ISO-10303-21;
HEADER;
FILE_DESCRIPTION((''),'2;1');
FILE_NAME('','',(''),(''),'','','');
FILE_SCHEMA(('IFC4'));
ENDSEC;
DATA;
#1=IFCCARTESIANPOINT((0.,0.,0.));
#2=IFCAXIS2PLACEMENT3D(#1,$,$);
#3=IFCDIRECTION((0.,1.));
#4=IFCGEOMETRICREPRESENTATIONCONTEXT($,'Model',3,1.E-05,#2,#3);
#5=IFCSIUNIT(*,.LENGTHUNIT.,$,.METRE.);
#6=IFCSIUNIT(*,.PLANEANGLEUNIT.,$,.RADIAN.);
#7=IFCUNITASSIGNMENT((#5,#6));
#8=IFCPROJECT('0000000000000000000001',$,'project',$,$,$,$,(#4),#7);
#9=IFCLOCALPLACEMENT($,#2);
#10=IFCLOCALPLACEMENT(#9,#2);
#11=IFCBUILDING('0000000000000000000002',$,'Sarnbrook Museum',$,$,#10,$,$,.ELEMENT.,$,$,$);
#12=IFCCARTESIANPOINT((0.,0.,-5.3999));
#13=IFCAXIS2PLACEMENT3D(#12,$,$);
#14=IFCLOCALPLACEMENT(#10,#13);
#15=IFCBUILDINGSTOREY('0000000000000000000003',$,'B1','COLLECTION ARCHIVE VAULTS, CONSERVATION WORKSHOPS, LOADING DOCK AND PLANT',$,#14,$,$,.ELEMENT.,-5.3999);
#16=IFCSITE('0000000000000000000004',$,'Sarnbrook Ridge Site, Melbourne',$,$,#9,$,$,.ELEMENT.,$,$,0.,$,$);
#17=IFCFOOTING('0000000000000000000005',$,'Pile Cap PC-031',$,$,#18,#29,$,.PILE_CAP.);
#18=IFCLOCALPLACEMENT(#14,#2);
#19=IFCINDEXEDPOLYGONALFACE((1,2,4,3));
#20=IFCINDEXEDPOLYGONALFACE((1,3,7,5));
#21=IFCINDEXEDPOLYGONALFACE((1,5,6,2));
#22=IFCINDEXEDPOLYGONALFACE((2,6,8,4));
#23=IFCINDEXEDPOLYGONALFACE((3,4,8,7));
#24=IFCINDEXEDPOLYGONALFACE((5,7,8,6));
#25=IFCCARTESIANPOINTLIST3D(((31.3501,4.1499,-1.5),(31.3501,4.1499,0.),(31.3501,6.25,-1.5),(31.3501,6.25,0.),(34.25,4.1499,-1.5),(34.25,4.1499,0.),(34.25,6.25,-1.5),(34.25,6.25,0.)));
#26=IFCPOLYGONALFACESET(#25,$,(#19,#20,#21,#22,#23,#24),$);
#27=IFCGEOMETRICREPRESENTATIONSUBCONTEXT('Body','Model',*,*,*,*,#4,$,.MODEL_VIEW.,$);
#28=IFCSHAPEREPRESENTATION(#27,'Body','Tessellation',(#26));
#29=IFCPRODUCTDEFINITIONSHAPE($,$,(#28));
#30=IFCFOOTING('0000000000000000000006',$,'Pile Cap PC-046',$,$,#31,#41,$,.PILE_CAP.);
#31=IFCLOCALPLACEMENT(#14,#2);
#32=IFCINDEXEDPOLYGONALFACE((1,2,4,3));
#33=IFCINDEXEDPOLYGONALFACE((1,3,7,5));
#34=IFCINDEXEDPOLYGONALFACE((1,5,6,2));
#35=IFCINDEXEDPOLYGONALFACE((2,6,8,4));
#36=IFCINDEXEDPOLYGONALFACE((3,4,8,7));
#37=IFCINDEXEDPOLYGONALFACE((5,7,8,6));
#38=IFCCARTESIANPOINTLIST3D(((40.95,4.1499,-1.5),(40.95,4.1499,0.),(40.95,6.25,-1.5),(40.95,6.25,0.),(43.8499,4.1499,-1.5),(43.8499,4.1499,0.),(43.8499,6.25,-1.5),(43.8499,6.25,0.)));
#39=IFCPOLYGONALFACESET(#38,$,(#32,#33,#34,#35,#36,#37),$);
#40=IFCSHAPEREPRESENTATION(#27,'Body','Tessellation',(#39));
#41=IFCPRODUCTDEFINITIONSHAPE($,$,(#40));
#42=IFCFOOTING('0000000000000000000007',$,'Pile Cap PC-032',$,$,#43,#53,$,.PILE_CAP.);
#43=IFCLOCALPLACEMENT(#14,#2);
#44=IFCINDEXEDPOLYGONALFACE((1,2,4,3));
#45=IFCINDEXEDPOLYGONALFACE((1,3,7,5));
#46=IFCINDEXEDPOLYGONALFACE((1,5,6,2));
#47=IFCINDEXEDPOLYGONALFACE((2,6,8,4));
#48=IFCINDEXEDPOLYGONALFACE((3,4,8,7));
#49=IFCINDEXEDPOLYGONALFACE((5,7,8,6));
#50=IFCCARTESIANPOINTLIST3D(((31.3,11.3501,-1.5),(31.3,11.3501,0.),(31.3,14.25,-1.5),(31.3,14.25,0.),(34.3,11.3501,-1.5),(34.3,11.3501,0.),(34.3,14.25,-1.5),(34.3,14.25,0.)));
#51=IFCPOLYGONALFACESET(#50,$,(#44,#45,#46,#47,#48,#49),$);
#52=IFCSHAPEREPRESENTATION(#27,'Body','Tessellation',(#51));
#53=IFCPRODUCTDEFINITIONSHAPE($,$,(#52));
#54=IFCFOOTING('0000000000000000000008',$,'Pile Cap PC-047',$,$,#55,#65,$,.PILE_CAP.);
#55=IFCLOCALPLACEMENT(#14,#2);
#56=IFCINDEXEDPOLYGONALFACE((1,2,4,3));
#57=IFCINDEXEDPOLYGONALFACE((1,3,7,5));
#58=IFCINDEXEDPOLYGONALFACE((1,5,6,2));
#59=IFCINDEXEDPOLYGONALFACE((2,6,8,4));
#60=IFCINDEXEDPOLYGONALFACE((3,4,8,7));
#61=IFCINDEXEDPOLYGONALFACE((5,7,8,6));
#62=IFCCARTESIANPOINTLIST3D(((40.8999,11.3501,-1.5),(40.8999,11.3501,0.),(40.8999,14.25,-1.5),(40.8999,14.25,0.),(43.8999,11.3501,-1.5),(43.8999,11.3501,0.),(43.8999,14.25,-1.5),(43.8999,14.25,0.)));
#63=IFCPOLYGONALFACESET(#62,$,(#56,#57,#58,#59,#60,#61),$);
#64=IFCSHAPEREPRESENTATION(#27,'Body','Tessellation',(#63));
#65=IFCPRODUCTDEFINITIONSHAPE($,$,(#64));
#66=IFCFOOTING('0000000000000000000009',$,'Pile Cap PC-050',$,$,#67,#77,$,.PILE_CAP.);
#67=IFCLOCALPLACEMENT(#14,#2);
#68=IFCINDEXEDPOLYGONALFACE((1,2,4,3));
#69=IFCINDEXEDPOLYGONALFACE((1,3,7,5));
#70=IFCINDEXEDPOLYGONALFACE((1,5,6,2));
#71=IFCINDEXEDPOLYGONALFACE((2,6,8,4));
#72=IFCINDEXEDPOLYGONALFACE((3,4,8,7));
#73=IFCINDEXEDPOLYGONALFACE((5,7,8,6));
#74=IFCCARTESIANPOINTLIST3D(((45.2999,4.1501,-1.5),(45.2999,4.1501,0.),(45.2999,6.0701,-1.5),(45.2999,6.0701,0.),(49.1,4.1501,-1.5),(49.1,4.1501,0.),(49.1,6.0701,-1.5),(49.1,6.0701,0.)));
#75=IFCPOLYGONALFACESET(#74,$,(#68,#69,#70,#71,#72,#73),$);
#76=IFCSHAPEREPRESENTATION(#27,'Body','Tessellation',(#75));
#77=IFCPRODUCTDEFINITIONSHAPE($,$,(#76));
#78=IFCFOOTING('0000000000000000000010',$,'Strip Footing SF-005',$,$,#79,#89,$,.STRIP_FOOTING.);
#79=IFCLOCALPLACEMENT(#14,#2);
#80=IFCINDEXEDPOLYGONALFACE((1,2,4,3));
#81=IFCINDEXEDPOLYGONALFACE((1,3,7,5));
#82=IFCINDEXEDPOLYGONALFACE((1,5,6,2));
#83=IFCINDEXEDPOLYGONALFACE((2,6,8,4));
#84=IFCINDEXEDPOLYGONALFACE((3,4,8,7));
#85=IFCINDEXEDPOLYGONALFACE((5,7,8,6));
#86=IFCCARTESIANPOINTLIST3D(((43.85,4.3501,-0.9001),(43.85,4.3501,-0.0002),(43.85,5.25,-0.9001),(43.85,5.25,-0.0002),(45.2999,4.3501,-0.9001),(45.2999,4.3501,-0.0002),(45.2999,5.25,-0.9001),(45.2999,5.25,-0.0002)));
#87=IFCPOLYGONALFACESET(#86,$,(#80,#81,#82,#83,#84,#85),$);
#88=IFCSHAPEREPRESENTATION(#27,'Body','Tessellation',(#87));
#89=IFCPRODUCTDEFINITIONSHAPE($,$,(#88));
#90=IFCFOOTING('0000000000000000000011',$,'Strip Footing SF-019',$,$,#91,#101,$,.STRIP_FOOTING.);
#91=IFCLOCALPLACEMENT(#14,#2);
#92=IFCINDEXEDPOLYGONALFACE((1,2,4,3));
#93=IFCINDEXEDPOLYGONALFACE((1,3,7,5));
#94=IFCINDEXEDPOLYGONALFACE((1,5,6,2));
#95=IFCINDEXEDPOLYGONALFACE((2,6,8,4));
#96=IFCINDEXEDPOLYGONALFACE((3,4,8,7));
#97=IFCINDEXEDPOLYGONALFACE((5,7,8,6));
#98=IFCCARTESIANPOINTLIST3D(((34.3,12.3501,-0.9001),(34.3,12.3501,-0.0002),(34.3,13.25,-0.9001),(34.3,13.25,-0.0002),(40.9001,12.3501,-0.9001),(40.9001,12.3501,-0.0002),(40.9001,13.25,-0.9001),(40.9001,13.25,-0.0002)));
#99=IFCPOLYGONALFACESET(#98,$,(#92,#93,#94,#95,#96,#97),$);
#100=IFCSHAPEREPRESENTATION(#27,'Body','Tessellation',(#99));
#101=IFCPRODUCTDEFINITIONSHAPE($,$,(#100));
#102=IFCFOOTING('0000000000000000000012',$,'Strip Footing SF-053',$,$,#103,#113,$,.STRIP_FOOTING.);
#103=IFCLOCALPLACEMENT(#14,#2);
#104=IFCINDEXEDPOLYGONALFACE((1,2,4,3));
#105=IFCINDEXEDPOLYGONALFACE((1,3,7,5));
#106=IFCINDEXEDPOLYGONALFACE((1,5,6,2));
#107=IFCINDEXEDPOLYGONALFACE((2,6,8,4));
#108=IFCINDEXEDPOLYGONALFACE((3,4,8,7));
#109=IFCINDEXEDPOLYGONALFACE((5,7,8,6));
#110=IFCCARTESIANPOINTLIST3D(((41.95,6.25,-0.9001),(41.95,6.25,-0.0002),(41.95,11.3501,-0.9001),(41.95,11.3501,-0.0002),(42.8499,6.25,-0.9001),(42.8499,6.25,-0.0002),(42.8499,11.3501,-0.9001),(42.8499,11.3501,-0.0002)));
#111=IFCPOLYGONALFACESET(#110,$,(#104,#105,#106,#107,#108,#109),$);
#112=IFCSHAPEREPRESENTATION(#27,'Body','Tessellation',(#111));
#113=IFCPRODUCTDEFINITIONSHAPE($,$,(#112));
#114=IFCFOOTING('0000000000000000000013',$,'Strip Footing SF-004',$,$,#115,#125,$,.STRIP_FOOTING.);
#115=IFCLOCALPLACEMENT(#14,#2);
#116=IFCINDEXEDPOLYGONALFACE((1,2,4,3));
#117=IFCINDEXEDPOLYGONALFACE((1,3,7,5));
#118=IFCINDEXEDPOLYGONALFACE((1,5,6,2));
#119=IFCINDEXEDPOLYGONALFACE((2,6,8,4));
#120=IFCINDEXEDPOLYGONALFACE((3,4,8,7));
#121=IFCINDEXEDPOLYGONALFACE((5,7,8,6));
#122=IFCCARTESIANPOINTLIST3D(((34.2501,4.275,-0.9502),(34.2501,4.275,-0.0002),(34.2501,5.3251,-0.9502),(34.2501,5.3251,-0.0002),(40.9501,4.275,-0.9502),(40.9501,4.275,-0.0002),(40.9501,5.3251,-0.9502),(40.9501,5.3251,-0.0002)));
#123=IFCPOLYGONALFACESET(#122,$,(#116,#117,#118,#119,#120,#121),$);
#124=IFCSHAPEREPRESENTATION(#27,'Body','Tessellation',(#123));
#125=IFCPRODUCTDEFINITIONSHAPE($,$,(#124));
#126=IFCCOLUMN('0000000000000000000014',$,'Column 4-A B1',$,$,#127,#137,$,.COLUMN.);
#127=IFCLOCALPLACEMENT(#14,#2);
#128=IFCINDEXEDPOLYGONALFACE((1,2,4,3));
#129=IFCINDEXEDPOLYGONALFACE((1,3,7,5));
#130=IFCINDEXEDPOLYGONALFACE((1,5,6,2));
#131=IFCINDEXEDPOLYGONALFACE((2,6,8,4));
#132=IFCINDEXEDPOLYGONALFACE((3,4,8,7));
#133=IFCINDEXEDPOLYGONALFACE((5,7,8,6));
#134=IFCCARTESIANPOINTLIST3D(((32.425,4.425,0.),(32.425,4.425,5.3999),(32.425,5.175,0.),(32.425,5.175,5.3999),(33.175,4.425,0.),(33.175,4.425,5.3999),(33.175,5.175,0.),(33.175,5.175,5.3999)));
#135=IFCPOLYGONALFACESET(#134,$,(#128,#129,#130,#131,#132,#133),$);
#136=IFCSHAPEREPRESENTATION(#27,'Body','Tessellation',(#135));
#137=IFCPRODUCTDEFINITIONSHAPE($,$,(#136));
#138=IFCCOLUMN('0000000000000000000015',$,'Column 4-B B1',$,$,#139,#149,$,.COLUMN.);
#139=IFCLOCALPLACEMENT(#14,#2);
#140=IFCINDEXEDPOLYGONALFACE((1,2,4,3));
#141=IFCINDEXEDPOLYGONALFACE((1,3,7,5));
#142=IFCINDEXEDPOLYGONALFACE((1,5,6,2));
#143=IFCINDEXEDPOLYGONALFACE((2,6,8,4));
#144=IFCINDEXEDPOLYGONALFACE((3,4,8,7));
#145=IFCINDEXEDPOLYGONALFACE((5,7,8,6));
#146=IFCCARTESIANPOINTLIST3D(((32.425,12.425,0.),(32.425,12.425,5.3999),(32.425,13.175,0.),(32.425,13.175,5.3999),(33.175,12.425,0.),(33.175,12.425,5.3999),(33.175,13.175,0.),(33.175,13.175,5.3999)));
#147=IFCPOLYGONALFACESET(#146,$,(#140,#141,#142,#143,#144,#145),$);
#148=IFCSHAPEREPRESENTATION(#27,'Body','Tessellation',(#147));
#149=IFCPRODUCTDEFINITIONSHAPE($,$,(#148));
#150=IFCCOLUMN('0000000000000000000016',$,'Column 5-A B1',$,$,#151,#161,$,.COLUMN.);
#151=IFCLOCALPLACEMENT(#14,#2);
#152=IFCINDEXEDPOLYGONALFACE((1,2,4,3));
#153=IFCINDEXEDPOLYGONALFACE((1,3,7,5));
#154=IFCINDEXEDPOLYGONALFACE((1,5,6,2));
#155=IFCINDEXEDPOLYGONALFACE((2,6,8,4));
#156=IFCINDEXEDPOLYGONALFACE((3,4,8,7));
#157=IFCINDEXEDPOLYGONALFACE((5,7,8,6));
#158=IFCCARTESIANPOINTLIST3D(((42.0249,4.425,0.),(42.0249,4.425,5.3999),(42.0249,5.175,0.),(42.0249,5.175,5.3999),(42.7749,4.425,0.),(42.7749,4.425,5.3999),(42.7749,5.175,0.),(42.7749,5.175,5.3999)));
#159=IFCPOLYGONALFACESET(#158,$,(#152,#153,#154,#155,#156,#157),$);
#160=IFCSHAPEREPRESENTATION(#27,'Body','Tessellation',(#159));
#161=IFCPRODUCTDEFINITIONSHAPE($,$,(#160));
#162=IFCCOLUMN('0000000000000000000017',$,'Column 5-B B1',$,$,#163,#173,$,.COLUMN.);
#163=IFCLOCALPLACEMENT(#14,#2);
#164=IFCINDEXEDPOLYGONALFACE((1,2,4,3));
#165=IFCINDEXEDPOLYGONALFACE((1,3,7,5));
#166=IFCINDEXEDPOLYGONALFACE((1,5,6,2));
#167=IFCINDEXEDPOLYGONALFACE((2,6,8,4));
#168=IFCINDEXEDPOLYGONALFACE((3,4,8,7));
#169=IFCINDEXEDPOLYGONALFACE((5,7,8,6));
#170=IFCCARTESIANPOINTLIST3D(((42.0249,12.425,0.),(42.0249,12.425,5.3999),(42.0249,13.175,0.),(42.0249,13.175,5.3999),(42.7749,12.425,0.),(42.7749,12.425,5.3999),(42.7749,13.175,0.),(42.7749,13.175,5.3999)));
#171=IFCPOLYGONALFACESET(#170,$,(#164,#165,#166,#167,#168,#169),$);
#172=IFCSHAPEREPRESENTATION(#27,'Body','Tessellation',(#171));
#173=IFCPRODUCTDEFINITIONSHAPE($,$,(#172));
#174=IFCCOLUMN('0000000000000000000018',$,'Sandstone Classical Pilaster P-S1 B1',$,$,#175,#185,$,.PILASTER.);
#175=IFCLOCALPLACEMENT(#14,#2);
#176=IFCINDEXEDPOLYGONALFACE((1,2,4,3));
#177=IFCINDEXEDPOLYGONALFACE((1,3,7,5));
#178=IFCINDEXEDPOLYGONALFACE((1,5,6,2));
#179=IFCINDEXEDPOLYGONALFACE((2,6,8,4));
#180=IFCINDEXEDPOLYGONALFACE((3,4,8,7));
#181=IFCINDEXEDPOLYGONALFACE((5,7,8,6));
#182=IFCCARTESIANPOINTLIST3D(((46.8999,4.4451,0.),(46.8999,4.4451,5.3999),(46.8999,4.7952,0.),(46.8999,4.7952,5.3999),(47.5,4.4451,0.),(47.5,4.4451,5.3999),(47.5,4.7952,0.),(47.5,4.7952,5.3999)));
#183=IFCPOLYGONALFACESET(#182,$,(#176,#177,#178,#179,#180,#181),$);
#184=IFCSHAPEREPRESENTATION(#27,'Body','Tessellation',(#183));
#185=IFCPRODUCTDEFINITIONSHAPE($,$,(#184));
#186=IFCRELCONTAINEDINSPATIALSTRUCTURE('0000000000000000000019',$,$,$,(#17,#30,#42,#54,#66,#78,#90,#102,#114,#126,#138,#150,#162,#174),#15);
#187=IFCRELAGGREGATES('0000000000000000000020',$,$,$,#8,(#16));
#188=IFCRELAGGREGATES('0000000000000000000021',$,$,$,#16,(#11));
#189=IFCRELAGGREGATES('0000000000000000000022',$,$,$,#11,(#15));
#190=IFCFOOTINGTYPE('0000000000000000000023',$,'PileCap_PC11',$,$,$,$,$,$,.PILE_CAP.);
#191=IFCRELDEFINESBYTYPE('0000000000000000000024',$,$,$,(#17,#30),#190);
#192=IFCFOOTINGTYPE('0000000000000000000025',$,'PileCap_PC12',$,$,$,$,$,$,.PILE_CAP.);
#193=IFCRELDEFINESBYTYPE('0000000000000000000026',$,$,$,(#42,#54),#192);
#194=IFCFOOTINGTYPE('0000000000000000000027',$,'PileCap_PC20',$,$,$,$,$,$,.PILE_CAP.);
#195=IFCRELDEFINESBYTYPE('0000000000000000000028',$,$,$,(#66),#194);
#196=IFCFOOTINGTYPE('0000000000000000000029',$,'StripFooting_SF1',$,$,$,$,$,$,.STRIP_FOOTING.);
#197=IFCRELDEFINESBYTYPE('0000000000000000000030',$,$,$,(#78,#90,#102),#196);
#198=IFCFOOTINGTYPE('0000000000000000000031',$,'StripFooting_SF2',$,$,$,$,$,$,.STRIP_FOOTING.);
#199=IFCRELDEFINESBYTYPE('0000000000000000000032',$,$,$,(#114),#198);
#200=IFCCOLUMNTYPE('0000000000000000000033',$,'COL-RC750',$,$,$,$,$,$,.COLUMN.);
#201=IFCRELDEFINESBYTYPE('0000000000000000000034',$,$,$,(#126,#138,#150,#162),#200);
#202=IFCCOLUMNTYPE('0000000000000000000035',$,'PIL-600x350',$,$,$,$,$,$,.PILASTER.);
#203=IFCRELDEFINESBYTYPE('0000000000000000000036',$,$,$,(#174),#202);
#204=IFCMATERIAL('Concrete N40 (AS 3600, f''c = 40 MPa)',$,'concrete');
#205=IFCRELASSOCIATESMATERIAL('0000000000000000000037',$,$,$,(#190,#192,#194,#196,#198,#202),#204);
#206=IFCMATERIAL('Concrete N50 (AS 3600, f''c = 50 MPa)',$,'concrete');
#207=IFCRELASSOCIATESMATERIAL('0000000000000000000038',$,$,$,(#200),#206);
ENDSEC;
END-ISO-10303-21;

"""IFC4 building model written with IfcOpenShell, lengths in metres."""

from ifc_helpers import new_model, si_unit, direction, frame, origin, origin_2d, place, context, subcontext, project, spatial, rectangle, extrude, material, material_profile, profile_set, type_object, element, save


model = new_model("IFC4")

# Units and contexts
model_context = context("Model", 3, precision=1e-05, world=origin(), true_north=direction((0.0, 1.0)))
body_context = subcontext(model_context, "Body", "Model", "MODEL_VIEW")
ifc_project = project(units=[si_unit("LENGTHUNIT", "METRE"), si_unit("PLANEANGLEUNIT", "RADIAN")], contexts=[model_context])

# Site, building, storey
site_placement = place(None, origin())
site = spatial("IfcSite", under=ifc_project, at=site_placement, Name="Sarnbrook Ridge Site, Melbourne", CompositionType="ELEMENT", RefElevation=0.0)
building_placement = place(site_placement, origin())
building = spatial("IfcBuilding", under=site, at=building_placement, Name="Sarnbrook Museum", CompositionType="ELEMENT")
storey_placement = place(building_placement, frame((0.0, 0.0, -5.3999)))
storey = spatial("IfcBuildingStorey", under=building, at=storey_placement, Name="B1", Description="COLLECTION ARCHIVE VAULTS, CONSERVATION WORKSHOPS, LOADING DOCK AND PLANT", CompositionType="ELEMENT", Elevation=-5.3999)

# Shared definitions
ifc_material_1 = material(Name="Concrete N50 (AS 3600, f'c = 50 MPa)", Category="concrete")

# Footings
ifc_material_2 = material(Name="Concrete N40 (AS 3600, f'c = 40 MPa)", Category="concrete")
footing_type_1 = type_object("IfcFootingType", Name="PileCap_PC11", PredefinedType="PILE_CAP", material=ifc_material_2)
for number, where, z_axis, x_axis, name in (
    (1, (32.8, 5.2, -1.5), (0.0, 0.0, 1.0), (1.0, 0.0, 0.0), "Pile Cap PC-031"),
    (2, (42.3999, 5.2, -1.5), (0.0, 0.0, 1.0), (1.0, 0.0, 0.0), "Pile Cap PC-046"),
):
    element("IfcFooting", number, at=place(storey_placement, frame(where, z_axis=z_axis, x_axis=x_axis)), inside=storey, type_object=footing_type_1, Name=name, PredefinedType="PILE_CAP", context=body_context, shape_type="SweptSolid", body=[
        extrude(rectangle(XDim=2.8999, YDim=2.1001, at=origin_2d()), origin(), (0.0, 0.0, 1.0), 1.5),
    ])
footing_type_2 = type_object("IfcFootingType", Name="PileCap_PC12", PredefinedType="PILE_CAP", material=ifc_material_2)
for number, where, z_axis, x_axis, name in (
    (3, (32.8, 12.8, -1.5), (0.0, 0.0, 1.0), (1.0, 0.0, 0.0), "Pile Cap PC-032"),
    (4, (42.3999, 12.8, -1.5), (0.0, 0.0, 1.0), (1.0, 0.0, 0.0), "Pile Cap PC-047"),
):
    element("IfcFooting", number, at=place(storey_placement, frame(where, z_axis=z_axis, x_axis=x_axis)), inside=storey, type_object=footing_type_2, Name=name, PredefinedType="PILE_CAP", context=body_context, shape_type="SweptSolid", body=[
        extrude(rectangle(XDim=3.0, YDim=2.8999, at=origin_2d()), origin(), (0.0, 0.0, 1.0), 1.5),
    ])
footing_type_3 = type_object("IfcFootingType", Name="PileCap_PC20", PredefinedType="PILE_CAP", material=ifc_material_2)
footing_1_placement = place(storey_placement, frame((47.2, 5.1101, -1.5), z_axis=(0.0, 0.0, 1.0), x_axis=(1.0, 0.0, 0.0)))
element("IfcFooting", 5, at=footing_1_placement, inside=storey, type_object=footing_type_3, Name="Pile Cap PC-050", PredefinedType="PILE_CAP", context=body_context, shape_type="SweptSolid", body=[
    extrude(rectangle(XDim=3.8, YDim=1.9199, at=origin_2d()), origin(), (0.0, 0.0, 1.0), 1.5),
])
footing_type_4 = type_object("IfcFootingType", Name="StripFooting_SF1", PredefinedType="STRIP_FOOTING", material=ifc_material_2)
footing_2_placement = place(storey_placement, frame((44.575, 4.8, -0.9001), z_axis=(0.0, 0.0, 1.0), x_axis=(1.0, 0.0, 0.0)))
element("IfcFooting", 6, at=footing_2_placement, inside=storey, type_object=footing_type_4, Name="Strip Footing SF-005", PredefinedType="STRIP_FOOTING", context=body_context, shape_type="SweptSolid", body=[
    extrude(rectangle(XDim=1.45, YDim=0.8999, at=origin_2d()), origin(), (0.0, 0.0, 1.0), 0.8999),
])
footing_3_placement = place(storey_placement, frame((37.6001, 12.8, -0.9001), z_axis=(0.0, 0.0, 1.0), x_axis=(1.0, 0.0, 0.0)))
element("IfcFooting", 7, at=footing_3_placement, inside=storey, type_object=footing_type_4, Name="Strip Footing SF-019", PredefinedType="STRIP_FOOTING", context=body_context, shape_type="SweptSolid", body=[
    extrude(rectangle(XDim=6.6001, YDim=0.8999, at=origin_2d()), origin(), (0.0, 0.0, 1.0), 0.8999),
])
footing_4_placement = place(storey_placement, frame((42.3999, 8.8, -0.9001), z_axis=(0.0, 0.0, 1.0), x_axis=(1.0, 0.0, 0.0)))
element("IfcFooting", 8, at=footing_4_placement, inside=storey, type_object=footing_type_4, Name="Strip Footing SF-053", PredefinedType="STRIP_FOOTING", context=body_context, shape_type="SweptSolid", body=[
    extrude(rectangle(XDim=0.8999, YDim=5.1001, at=origin_2d()), origin(), (0.0, 0.0, 1.0), 0.8999),
])
footing_type_5 = type_object("IfcFootingType", Name="StripFooting_SF2", PredefinedType="STRIP_FOOTING", material=ifc_material_2)
footing_5_placement = place(storey_placement, frame((37.6001, 4.8, -0.9502), z_axis=(0.0, 0.0, 1.0), x_axis=(1.0, 0.0, 0.0)))
element("IfcFooting", 9, at=footing_5_placement, inside=storey, type_object=footing_type_5, Name="Strip Footing SF-004", PredefinedType="STRIP_FOOTING", context=body_context, shape_type="SweptSolid", body=[
    extrude(rectangle(XDim=6.7, YDim=1.05, at=origin_2d()), origin(), (0.0, 0.0, 1.0), 0.95),
])

# Columns
ifc_material_profile_1 = material_profile(ifc_material_1, rectangle(XDim=0.75, YDim=0.75, at=origin_2d()), Name="RC 750x750")
ifc_profile_set_1 = profile_set([ifc_material_profile_1], Name="Concrete N50 (AS 3600, f'c = 50 MPa)")
column_type_1 = type_object("IfcColumnType", Name="COL-RC750", PredefinedType="COLUMN", material=ifc_profile_set_1)
for number, where, z_axis, x_axis, name in (
    (10, (32.8, 4.8, 0.0), (0.0, 0.0, 1.0), (1.0, 0.0, 0.0), "Column 4-A B1"),
    (11, (32.8, 12.8, 0.0), (0.0, 0.0, 1.0), (1.0, 0.0, 0.0), "Column 4-B B1"),
    (12, (42.3999, 4.8, 0.0), (0.0, 0.0, 1.0), (1.0, 0.0, 0.0), "Column 5-A B1"),
    (13, (42.3999, 12.8, 0.0), (0.0, 0.0, 1.0), (1.0, 0.0, 0.0), "Column 5-B B1"),
):
    element("IfcColumn", number, at=place(storey_placement, frame(where, z_axis=z_axis, x_axis=x_axis)), inside=storey, type_object=column_type_1, Name=name, PredefinedType="COLUMN", context=body_context, shape_type="SweptSolid", body=[
        extrude(rectangle(XDim=0.75, YDim=0.75, at=origin_2d()), origin(), (0.0, 0.0, 1.0), 5.3999),
    ])
ifc_material_profile_2 = material_profile(ifc_material_2, rectangle(XDim=0.6001, YDim=0.3501, at=origin_2d()), Name="PILASTER 600x350")
ifc_profile_set_2 = profile_set([ifc_material_profile_2], Name="Concrete N40 (AS 3600, f'c = 40 MPa)")
column_type_2 = type_object("IfcColumnType", Name="PIL-600x350", PredefinedType="PILASTER", material=ifc_profile_set_2)
column_placement = place(storey_placement, frame((47.2, 4.6201, 0.0), z_axis=(0.0, 0.0, 1.0), x_axis=(1.0, 0.0, 0.0)))
element("IfcColumn", 14, at=column_placement, inside=storey, type_object=column_type_2, Name="Sandstone Classical Pilaster P-S1 B1", PredefinedType="PILASTER", context=body_context, shape_type="SweptSolid", body=[
    extrude(rectangle(XDim=0.6001, YDim=0.3501, at=origin_2d()), origin(), (0.0, 0.0, 1.0), 5.3999),
])

save(model, "model.ifc")
